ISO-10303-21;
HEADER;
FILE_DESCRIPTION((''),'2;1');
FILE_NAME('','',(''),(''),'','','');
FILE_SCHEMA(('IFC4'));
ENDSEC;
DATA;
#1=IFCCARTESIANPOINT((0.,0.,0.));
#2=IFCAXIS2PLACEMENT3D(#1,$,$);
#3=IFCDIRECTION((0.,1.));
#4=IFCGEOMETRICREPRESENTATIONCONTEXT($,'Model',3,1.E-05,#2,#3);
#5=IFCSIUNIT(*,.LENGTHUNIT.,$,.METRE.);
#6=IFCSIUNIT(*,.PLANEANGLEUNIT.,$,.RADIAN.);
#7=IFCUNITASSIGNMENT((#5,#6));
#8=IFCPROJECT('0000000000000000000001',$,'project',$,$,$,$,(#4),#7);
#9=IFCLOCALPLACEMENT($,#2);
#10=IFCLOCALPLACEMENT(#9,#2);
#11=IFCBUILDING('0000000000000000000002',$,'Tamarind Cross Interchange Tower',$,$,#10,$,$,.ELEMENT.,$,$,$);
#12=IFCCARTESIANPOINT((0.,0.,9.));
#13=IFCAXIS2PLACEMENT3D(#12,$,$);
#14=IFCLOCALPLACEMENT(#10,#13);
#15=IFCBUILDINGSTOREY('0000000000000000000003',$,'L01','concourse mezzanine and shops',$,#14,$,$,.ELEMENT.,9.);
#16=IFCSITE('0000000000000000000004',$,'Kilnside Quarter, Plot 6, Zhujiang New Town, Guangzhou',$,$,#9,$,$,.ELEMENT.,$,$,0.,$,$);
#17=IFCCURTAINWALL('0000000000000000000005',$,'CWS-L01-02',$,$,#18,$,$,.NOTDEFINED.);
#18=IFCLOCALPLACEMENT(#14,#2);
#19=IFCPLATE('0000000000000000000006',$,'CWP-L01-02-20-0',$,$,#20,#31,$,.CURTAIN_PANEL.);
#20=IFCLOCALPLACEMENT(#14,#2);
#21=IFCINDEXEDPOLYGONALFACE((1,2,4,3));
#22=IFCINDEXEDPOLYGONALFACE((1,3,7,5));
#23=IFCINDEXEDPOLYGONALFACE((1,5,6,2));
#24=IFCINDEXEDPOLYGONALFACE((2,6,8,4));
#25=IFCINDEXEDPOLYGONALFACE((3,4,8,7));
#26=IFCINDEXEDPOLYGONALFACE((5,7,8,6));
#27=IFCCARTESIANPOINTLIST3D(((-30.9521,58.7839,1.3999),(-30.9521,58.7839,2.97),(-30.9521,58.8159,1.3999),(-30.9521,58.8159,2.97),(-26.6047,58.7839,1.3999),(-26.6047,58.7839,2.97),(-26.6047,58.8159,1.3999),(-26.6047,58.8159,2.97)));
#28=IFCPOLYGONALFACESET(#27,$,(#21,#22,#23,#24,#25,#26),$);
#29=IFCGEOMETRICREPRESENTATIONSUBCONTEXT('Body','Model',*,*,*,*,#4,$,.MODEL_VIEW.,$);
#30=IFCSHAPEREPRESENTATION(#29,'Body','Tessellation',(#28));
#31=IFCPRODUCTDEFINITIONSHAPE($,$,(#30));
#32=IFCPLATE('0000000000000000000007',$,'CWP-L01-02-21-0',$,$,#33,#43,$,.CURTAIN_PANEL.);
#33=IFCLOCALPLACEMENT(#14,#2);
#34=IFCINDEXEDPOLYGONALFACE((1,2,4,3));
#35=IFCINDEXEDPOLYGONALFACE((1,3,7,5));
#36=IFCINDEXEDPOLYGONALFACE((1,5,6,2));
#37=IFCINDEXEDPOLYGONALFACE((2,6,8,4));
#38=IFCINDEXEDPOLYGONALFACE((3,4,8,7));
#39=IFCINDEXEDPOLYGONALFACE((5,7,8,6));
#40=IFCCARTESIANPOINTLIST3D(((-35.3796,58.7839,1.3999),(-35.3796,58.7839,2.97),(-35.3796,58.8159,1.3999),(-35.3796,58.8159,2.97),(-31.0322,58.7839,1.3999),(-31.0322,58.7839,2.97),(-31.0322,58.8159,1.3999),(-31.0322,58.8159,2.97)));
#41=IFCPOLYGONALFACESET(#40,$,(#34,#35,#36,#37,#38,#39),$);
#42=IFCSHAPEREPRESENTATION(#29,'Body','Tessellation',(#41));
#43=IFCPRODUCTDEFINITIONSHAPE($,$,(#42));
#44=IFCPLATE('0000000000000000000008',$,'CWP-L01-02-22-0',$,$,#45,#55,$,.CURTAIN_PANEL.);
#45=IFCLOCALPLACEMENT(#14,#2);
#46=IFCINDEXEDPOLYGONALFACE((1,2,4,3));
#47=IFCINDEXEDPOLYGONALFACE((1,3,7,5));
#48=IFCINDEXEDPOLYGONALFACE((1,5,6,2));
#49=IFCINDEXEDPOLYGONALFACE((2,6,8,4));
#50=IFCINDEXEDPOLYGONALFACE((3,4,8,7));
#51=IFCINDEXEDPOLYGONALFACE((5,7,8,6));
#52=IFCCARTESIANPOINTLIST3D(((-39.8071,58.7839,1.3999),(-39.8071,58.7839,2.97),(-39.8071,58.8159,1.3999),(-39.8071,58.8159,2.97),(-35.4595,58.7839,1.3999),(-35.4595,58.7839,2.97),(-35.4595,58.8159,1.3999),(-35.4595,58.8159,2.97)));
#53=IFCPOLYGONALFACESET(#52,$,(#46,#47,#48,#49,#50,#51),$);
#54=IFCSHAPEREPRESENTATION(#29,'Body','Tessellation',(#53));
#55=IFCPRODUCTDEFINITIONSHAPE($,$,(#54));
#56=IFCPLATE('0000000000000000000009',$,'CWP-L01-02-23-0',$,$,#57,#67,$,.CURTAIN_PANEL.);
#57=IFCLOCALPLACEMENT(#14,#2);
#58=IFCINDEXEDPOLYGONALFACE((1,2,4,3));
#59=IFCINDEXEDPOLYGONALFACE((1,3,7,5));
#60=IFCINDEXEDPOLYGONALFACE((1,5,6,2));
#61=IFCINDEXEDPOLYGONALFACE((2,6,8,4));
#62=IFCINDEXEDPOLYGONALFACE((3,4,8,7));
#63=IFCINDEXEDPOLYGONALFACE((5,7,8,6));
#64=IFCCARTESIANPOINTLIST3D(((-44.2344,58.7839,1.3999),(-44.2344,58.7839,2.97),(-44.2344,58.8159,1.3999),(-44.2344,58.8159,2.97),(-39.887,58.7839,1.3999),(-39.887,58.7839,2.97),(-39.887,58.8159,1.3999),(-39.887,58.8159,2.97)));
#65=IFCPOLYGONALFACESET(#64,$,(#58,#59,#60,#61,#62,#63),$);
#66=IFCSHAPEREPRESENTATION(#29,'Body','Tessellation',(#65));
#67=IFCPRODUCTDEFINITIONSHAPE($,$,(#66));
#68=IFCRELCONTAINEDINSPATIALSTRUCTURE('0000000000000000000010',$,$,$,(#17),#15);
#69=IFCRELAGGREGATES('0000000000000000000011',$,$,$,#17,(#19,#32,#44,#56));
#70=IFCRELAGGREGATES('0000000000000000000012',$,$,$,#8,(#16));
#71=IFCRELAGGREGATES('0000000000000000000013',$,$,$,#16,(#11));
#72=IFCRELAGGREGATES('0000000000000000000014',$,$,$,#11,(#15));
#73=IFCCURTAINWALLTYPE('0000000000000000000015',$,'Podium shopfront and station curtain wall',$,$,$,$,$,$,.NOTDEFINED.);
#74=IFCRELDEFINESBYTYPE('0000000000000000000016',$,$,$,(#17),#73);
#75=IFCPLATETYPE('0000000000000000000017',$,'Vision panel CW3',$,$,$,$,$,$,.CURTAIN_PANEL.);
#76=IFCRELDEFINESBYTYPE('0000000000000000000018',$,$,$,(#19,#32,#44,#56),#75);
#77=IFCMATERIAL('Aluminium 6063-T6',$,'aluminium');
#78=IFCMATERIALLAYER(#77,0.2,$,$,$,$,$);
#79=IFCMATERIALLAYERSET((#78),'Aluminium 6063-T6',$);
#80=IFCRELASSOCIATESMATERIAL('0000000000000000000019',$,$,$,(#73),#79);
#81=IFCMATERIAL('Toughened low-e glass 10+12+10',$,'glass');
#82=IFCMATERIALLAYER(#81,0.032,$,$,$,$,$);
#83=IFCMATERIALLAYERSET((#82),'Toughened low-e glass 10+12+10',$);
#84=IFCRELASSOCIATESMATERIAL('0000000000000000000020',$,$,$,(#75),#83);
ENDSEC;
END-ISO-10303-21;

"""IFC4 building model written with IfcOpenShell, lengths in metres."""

from ifc_helpers import new_model, si_unit, direction, frame, origin, place, context, subcontext, project, spatial, polyline, outline, extrude, material, layer, layer_set, type_object, element, aggregate, save


model = new_model("IFC4")

# Units and contexts
model_context = context("Model", 3, precision=1e-05, world=origin(), true_north=direction((0.0, 1.0)))
body_context = subcontext(model_context, "Body", "Model", "MODEL_VIEW")
ifc_project = project(units=[si_unit("LENGTHUNIT", "METRE"), si_unit("PLANEANGLEUNIT", "RADIAN")], contexts=[model_context])

# Site, building, storey
site_placement = place(None, origin())
site = spatial("IfcSite", under=ifc_project, at=site_placement, Name="Kilnside Quarter, Plot 6, Zhujiang New Town, Guangzhou", CompositionType="ELEMENT", RefElevation=0.0)
building_placement = place(site_placement, origin())
building = spatial("IfcBuilding", under=site, at=building_placement, Name="Tamarind Cross Interchange Tower", CompositionType="ELEMENT")
storey_placement = place(building_placement, frame((0.0, 0.0, 9.0)))
storey = spatial("IfcBuildingStorey", under=building, at=storey_placement, Name="L01", Description="concourse mezzanine and shops", CompositionType="ELEMENT", Elevation=9.0)

# Shared definitions
ifc_material_1 = material(Name="Aluminium 6063-T6", Category="aluminium")
ifc_layer_1 = layer(ifc_material_1, 0.2)
ifc_layer_set_1 = layer_set([ifc_layer_1], Name="Aluminium 6063-T6")
curtain_wall_type = type_object("IfcCurtainWallType", Name="Podium shopfront and station curtain wall", PredefinedType="NOTDEFINED", material=ifc_layer_set_1)

# Shared definitions
ifc_material_2 = material(Name="Toughened low-e glass 10+12+10", Category="glass")
ifc_layer_2 = layer(ifc_material_2, 0.032)
ifc_layer_set_2 = layer_set([ifc_layer_2], Name="Toughened low-e glass 10+12+10")
plate_type = type_object("IfcPlateType", Name="Vision panel CW3", PredefinedType="CURTAIN_PANEL", material=ifc_layer_set_2)

# Curtain wall, plates
curtain_wall_1_placement = place(storey_placement, origin())
curtain_wall_1 = element("IfcCurtainWall", 1, at=curtain_wall_1_placement, inside=storey, type_object=curtain_wall_type, Name="CWS-L01-02", PredefinedType="NOTDEFINED")
plate_1_placement = place(storey_placement, frame((0.0, 0.0, 1.3999)))
plate_1 = element("IfcPlate", 2, at=plate_1_placement, type_object=plate_type, Name="CWP-L01-02-20-0", PredefinedType="CURTAIN_PANEL", context=body_context, shape_type="SweptSolid", body=[
    extrude(outline(polyline([(-26.6047, 58.7839), (-30.9521, 58.7839), (-30.9521, 58.8159), (-26.6047, 58.8159), (-26.6047, 58.7839)])), origin(), (0.0, 0.0, 1.0), 1.5701),
])
plate_2_placement = place(storey_placement, frame((0.0, 0.0, 1.3999)))
plate_2 = element("IfcPlate", 3, at=plate_2_placement, type_object=plate_type, Name="CWP-L01-02-21-0", PredefinedType="CURTAIN_PANEL", context=body_context, shape_type="SweptSolid", body=[
    extrude(outline(polyline([(-31.0322, 58.7839), (-35.3796, 58.7839), (-35.3796, 58.8159), (-31.0322, 58.8159), (-31.0322, 58.7839)])), origin(), (0.0, 0.0, 1.0), 1.5701),
])
plate_3_placement = place(storey_placement, frame((0.0, 0.0, 1.3999)))
plate_3 = element("IfcPlate", 4, at=plate_3_placement, type_object=plate_type, Name="CWP-L01-02-22-0", PredefinedType="CURTAIN_PANEL", context=body_context, shape_type="SweptSolid", body=[
    extrude(outline(polyline([(-35.4595, 58.7839), (-39.8071, 58.7839), (-39.8071, 58.8159), (-35.4595, 58.8159), (-35.4595, 58.7839)])), origin(), (0.0, 0.0, 1.0), 1.5701),
])
plate_4_placement = place(storey_placement, frame((0.0, 0.0, 1.3999)))
plate_4 = element("IfcPlate", 5, at=plate_4_placement, type_object=plate_type, Name="CWP-L01-02-23-0", PredefinedType="CURTAIN_PANEL", context=body_context, shape_type="SweptSolid", body=[
    extrude(outline(polyline([(-39.887, 58.7839), (-44.2344, 58.7839), (-44.2344, 58.8159), (-39.887, 58.8159), (-39.887, 58.7839)])), origin(), (0.0, 0.0, 1.0), 1.5701),
])
aggregate(curtain_wall_1, [plate_1, plate_2, plate_3, plate_4])

save(model, "model.ifc")
